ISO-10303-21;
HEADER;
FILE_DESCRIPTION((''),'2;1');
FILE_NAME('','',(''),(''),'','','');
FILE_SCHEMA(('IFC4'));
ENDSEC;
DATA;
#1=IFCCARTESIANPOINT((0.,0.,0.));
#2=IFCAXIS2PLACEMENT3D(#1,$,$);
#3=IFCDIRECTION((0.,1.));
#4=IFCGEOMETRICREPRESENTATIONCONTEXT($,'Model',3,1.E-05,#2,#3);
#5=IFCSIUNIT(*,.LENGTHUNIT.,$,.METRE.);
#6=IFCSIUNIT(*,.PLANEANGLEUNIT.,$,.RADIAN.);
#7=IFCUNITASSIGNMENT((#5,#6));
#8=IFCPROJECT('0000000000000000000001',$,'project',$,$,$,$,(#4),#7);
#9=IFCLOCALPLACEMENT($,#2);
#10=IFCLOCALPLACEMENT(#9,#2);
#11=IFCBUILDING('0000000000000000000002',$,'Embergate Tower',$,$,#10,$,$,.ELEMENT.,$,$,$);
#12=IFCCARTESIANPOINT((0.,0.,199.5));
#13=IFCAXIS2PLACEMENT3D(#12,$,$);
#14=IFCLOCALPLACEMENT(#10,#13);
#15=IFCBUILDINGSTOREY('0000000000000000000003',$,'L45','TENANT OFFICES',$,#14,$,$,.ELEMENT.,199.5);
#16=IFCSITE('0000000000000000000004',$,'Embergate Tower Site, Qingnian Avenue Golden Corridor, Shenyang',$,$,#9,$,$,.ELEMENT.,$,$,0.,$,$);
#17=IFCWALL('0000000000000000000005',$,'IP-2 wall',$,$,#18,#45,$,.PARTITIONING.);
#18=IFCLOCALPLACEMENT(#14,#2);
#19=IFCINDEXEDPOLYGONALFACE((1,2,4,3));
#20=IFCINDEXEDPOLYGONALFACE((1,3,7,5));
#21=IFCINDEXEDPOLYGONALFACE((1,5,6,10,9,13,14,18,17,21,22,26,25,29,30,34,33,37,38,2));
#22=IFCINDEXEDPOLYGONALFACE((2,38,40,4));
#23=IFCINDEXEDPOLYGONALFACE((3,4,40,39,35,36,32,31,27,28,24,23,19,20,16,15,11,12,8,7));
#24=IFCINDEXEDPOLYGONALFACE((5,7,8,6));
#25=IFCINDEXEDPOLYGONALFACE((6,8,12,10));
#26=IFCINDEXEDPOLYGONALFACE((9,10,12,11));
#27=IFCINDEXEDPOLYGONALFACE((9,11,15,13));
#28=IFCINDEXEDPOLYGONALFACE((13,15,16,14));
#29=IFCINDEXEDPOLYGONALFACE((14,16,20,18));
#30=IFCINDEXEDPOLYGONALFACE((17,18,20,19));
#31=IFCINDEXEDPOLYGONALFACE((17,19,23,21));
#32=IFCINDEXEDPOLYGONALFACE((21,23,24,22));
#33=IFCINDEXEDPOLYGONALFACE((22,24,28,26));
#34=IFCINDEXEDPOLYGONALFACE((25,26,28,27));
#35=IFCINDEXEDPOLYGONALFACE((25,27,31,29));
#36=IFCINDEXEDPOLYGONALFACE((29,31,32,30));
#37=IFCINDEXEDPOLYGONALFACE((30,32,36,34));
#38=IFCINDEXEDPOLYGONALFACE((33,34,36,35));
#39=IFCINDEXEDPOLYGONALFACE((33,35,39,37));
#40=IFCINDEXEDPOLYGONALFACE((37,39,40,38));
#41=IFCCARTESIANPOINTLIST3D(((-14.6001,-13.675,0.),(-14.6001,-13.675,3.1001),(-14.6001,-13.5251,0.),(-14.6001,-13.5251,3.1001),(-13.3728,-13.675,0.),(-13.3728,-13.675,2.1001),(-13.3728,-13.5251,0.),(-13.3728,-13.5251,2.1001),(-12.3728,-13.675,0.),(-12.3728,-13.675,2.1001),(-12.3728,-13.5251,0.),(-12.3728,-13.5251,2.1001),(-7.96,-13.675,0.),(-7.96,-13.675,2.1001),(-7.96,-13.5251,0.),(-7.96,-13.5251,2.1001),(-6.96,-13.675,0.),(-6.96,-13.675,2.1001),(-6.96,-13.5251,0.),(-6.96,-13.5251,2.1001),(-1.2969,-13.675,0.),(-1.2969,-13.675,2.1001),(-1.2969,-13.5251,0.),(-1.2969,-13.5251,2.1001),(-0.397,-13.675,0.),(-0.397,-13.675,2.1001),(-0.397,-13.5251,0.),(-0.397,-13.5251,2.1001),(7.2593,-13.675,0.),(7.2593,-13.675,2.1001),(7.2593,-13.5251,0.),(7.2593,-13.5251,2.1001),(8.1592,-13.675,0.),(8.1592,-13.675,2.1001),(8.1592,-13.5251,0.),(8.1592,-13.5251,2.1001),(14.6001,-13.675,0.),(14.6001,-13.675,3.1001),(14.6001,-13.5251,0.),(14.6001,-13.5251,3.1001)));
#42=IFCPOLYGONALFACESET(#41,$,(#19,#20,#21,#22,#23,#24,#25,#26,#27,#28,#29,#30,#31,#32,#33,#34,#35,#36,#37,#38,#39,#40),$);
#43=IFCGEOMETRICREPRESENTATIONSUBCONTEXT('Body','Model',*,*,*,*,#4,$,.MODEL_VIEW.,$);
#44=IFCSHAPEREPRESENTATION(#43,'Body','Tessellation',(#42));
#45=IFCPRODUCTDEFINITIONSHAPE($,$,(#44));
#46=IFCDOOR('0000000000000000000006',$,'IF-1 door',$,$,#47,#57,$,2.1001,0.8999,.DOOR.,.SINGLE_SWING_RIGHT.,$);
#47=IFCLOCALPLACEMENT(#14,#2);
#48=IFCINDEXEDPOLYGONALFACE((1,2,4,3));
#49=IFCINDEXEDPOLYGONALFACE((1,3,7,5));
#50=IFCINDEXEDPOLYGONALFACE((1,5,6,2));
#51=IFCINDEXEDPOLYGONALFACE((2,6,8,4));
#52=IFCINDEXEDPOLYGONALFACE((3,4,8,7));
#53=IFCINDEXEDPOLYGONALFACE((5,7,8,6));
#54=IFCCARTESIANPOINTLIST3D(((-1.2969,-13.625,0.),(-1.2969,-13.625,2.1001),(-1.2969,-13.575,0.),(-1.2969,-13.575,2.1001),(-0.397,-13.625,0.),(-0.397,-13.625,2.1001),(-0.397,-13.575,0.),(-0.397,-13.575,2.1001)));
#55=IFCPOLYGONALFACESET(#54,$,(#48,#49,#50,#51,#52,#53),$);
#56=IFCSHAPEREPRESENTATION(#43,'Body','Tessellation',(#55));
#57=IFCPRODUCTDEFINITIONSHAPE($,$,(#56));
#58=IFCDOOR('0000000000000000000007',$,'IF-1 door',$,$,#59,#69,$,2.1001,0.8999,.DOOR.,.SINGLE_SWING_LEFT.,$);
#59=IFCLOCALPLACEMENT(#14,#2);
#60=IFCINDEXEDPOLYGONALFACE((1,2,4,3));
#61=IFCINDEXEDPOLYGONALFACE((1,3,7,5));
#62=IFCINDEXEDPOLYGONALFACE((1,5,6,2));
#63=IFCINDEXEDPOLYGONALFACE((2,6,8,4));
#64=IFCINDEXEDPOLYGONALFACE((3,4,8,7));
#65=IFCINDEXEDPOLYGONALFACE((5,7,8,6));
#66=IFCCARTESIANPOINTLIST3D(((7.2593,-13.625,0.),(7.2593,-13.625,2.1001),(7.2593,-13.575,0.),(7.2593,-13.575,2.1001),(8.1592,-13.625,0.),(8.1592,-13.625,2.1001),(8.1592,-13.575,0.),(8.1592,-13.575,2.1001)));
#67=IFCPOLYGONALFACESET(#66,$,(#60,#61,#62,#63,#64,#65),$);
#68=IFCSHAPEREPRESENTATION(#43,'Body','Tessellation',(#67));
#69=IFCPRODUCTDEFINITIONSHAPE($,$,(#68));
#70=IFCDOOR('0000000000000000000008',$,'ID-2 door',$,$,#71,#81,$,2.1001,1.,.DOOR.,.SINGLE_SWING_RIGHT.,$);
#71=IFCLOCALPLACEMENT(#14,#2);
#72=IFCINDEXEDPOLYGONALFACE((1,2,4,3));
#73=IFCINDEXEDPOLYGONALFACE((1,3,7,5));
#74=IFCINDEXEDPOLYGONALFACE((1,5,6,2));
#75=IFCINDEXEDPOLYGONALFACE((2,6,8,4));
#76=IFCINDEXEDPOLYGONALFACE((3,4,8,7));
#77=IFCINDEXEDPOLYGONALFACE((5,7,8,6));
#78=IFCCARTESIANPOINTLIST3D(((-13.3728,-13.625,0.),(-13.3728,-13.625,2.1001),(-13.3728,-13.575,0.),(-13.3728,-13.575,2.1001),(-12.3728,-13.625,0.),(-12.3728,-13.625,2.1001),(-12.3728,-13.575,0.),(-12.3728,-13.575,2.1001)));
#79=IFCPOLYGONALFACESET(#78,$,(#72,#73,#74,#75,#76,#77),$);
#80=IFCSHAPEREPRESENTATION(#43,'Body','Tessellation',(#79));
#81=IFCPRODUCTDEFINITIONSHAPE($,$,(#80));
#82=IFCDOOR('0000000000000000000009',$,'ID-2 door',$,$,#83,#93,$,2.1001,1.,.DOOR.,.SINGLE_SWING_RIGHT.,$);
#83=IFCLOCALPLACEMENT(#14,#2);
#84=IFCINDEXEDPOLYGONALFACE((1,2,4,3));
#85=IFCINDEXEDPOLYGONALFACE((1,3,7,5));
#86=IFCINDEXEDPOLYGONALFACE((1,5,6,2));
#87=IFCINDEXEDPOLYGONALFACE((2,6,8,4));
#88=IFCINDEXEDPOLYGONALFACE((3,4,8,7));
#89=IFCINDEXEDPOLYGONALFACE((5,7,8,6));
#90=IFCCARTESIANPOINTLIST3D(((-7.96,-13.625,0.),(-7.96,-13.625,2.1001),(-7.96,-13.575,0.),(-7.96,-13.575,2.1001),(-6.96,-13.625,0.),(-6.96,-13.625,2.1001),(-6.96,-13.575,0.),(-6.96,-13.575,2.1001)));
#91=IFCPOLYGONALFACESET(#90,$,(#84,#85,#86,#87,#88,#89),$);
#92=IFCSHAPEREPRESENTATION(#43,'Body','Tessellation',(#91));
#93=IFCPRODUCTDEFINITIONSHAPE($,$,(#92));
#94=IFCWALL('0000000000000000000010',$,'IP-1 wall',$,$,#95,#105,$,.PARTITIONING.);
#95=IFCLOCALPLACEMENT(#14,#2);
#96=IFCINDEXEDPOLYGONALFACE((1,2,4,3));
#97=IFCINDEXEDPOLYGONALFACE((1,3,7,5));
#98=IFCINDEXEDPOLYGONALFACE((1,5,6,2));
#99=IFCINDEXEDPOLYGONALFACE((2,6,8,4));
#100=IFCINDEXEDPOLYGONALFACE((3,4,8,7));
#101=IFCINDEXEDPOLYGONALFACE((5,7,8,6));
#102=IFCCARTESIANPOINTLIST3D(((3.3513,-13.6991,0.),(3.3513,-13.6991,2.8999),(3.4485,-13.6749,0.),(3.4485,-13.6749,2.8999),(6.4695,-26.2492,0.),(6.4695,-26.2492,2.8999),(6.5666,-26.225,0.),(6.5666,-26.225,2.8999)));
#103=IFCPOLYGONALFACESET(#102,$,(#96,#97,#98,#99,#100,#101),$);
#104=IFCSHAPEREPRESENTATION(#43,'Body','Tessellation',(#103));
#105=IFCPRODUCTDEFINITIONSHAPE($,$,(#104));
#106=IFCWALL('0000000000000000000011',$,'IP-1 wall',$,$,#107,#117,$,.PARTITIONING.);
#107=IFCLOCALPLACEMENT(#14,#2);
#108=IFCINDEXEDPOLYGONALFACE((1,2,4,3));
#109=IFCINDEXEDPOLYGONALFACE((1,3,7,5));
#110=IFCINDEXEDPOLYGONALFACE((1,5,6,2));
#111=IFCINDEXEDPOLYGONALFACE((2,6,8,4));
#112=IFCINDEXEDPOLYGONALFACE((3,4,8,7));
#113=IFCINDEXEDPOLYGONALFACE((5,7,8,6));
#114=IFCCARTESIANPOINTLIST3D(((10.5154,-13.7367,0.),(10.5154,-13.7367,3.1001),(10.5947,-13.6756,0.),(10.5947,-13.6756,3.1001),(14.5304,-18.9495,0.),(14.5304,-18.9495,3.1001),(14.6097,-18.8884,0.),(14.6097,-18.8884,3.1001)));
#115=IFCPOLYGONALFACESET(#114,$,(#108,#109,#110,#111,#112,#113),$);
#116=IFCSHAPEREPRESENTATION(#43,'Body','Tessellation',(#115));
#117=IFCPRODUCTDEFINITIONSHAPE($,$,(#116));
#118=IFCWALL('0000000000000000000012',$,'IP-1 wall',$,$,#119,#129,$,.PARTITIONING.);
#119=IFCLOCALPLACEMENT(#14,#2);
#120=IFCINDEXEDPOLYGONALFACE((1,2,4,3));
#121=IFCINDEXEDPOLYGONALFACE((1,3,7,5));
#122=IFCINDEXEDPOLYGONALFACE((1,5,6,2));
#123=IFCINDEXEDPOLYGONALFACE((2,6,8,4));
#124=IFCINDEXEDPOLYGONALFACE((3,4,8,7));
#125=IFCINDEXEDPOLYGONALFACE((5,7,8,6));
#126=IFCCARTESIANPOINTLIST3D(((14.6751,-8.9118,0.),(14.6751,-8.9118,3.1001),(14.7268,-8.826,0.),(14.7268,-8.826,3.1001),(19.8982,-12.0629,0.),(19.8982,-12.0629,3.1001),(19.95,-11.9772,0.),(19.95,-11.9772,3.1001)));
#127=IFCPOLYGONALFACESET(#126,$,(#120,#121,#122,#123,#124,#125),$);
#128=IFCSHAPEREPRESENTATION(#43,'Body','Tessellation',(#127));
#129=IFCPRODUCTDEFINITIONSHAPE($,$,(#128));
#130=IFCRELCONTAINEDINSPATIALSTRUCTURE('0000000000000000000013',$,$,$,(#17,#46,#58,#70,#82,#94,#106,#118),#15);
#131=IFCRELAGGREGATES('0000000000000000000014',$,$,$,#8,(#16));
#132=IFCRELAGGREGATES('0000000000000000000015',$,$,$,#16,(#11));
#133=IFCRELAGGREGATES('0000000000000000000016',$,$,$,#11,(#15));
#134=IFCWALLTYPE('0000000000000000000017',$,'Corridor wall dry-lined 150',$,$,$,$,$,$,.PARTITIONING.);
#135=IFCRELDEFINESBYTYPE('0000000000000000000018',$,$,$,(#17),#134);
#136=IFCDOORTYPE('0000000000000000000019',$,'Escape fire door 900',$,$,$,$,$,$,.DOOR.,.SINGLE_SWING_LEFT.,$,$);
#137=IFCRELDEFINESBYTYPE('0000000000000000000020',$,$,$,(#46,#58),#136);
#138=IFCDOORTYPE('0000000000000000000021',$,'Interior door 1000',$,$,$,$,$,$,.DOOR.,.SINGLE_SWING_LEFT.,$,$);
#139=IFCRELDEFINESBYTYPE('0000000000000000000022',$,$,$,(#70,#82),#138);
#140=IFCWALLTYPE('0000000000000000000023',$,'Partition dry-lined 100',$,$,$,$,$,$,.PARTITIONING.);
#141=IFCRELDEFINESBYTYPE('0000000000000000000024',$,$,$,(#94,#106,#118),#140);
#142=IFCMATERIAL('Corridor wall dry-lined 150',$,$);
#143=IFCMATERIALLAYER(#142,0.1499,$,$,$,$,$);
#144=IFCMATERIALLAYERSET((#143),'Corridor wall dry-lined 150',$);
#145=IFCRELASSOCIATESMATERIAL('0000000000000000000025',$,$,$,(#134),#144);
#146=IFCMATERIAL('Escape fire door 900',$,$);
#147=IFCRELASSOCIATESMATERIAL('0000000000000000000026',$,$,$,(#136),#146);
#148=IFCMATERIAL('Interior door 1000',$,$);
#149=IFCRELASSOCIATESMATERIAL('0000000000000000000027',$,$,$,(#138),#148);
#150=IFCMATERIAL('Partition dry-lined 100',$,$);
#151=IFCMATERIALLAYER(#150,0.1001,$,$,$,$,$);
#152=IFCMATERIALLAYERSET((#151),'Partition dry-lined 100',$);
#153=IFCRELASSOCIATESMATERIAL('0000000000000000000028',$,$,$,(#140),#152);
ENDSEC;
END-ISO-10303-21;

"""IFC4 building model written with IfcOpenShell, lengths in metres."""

from ifc_helpers import new_model, si_unit, direction, frame, frame_2d, origin, place, context, subcontext, project, spatial, rectangle, extrude, source, transform, mapped, material, layer, layer_set, type_object, element, fill, save


model = new_model("IFC4")

# Units and contexts
model_context = context("Model", 3, precision=1e-05, world=origin(), true_north=direction((0.0, 1.0)))
body_context = subcontext(model_context, "Body", "Model", "MODEL_VIEW")
ifc_project = project(units=[si_unit("LENGTHUNIT", "METRE"), si_unit("PLANEANGLEUNIT", "RADIAN")], contexts=[model_context])

# Site, building, storey
site_placement = place(None, origin())
site = spatial("IfcSite", under=ifc_project, at=site_placement, Name="Embergate Tower Site, Qingnian Avenue Golden Corridor, Shenyang", CompositionType="ELEMENT", RefElevation=0.0)
building_placement = place(site_placement, origin())
building = spatial("IfcBuilding", under=site, at=building_placement, Name="Embergate Tower", CompositionType="ELEMENT")
storey_placement = place(building_placement, frame((0.0, 0.0, 199.5)))
storey = spatial("IfcBuildingStorey", under=building, at=storey_placement, Name="L45", Description="TENANT OFFICES", CompositionType="ELEMENT", Elevation=199.5)

# Shared definitions
shared_shape_1 = source(origin(), body_context, "Body", "SweptSolid", [
    extrude(rectangle(XDim=1.0, YDim=2.1001, at=frame_2d((0.5, 1.05))), frame((0.0, 0.0249, 0.0), z_axis=(0.0, -1.0, 0.0), x_axis=(1.0, 0.0, 0.0)), (0.0, 0.0, 1.0), 0.05),
])

# Wall, openings, doors
ifc_material_1 = material(Name="Corridor wall dry-lined 150")
ifc_layer_1 = layer(ifc_material_1, 0.1499)
ifc_layer_set_1 = layer_set([ifc_layer_1], Name="Corridor wall dry-lined 150")
wall_type_1 = type_object("IfcWallType", Name="Corridor wall dry-lined 150", PredefinedType="PARTITIONING", material=ifc_layer_set_1)
shared_shape_2 = source(origin(), body_context, "Body", "SweptSolid", [
    extrude(rectangle(XDim=29.2002, YDim=0.1499, at=frame_2d((14.6001, 0.0))), origin(), (0.0, 0.0, 1.0), 3.1001),
])
wall_1_placement = place(storey_placement, frame((14.6001, -13.6001, 0.0), z_axis=(0.0, 0.0, 1.0), x_axis=(-1.0, 0.0, 0.0)))
wall_1 = element("IfcWall", 1, at=wall_1_placement, inside=storey, type_object=wall_type_1, Name="IP-2 wall", PredefinedType="PARTITIONING", context=body_context, shape_type="MappedRepresentation", body=[
    mapped(shared_shape_2, transform((0.0, 0.0, 0.0))),
])
shared_shape_3 = source(origin(), body_context, "Body", "SweptSolid", [
    extrude(rectangle(XDim=1.0, YDim=2.1001, at=frame_2d((0.5, 1.05))), frame((0.0, 0.085, 0.0), z_axis=(0.0, -1.0, 0.0), x_axis=(1.0, 0.0, 0.0)), (0.0, 0.0, 1.0), 0.1699),
])
opening_1_placement = place(wall_1_placement, frame((26.9729, 0.0, 0.0)))
opening_1 = element("IfcOpeningElement", 2, at=opening_1_placement, cuts=wall_1, PredefinedType="OPENING", context=body_context, shape_type="MappedRepresentation", body=[
    mapped(shared_shape_3, transform((0.0, 0.0, 0.0))),
])
opening_2_placement = place(wall_1_placement, frame((21.5601, 0.0, 0.0)))
opening_2 = element("IfcOpeningElement", 3, at=opening_2_placement, cuts=wall_1, PredefinedType="OPENING", context=body_context, shape_type="MappedRepresentation", body=[
    mapped(shared_shape_3, transform((0.0, 0.0, 0.0))),
])
shared_shape_4 = source(origin(), body_context, "Body", "SweptSolid", [
    extrude(rectangle(XDim=0.8999, YDim=2.1001, at=frame_2d((0.45, 1.05))), frame((0.0, 0.085, 0.0), z_axis=(0.0, -1.0, 0.0), x_axis=(1.0, 0.0, 0.0)), (0.0, 0.0, 1.0), 0.1699),
])
opening_3_placement = place(wall_1_placement, frame((14.9971, 0.0, 0.0)))
opening_3 = element("IfcOpeningElement", 4, at=opening_3_placement, cuts=wall_1, PredefinedType="OPENING", context=body_context, shape_type="MappedRepresentation", body=[
    mapped(shared_shape_4, transform((0.0, 0.0, 0.0))),
])
opening_4_placement = place(wall_1_placement, frame((6.4409, 0.0, 0.0)))
opening_4 = element("IfcOpeningElement", 5, at=opening_4_placement, cuts=wall_1, PredefinedType="OPENING", context=body_context, shape_type="MappedRepresentation", body=[
    mapped(shared_shape_4, transform((0.0, 0.0, 0.0))),
])
ifc_material_2 = material(Name="Escape fire door 900")
door_type_1 = type_object("IfcDoorType", Name="Escape fire door 900", OperationType="SINGLE_SWING_LEFT", PredefinedType="DOOR", material=ifc_material_2)
shared_shape_5 = source(origin(), body_context, "Body", "SweptSolid", [
    extrude(rectangle(XDim=0.8999, YDim=2.1001, at=frame_2d((0.45, 1.05))), frame((0.0, 0.0249, 0.0), z_axis=(0.0, -1.0, 0.0), x_axis=(1.0, 0.0, 0.0)), (0.0, 0.0, 1.0), 0.05),
])
door_1_placement = place(opening_3_placement, origin())
door_1 = element("IfcDoor", 6, at=door_1_placement, inside=storey, type_object=door_type_1, Name="IF-1 door", OperationType="SINGLE_SWING_RIGHT", OverallHeight=2.1001, OverallWidth=0.8999, PredefinedType="DOOR", context=body_context, shape_type="MappedRepresentation", body=[
    mapped(shared_shape_5, transform((0.0, 0.0, 0.0))),
])
fill(opening_3, door_1)
door_2_placement = place(opening_4_placement, origin())
door_2 = element("IfcDoor", 7, at=door_2_placement, inside=storey, type_object=door_type_1, Name="IF-1 door", OperationType="SINGLE_SWING_LEFT", OverallHeight=2.1001, OverallWidth=0.8999, PredefinedType="DOOR", context=body_context, shape_type="MappedRepresentation", body=[
    mapped(shared_shape_5, transform((0.0, 0.0, 0.0))),
])
fill(opening_4, door_2)
ifc_material_3 = material(Name="Interior door 1000")
door_type_2 = type_object("IfcDoorType", Name="Interior door 1000", OperationType="SINGLE_SWING_LEFT", PredefinedType="DOOR", material=ifc_material_3)
door_3_placement = place(opening_1_placement, origin())
door_3 = element("IfcDoor", 8, at=door_3_placement, inside=storey, type_object=door_type_2, Name="ID-2 door", OperationType="SINGLE_SWING_RIGHT", OverallHeight=2.1001, OverallWidth=1.0, PredefinedType="DOOR", context=body_context, shape_type="MappedRepresentation", body=[
    mapped(shared_shape_1, transform((0.0, 0.0, 0.0))),
])
fill(opening_1, door_3)
door_4_placement = place(opening_2_placement, origin())
door_4 = element("IfcDoor", 9, at=door_4_placement, inside=storey, type_object=door_type_2, Name="ID-2 door", OperationType="SINGLE_SWING_RIGHT", OverallHeight=2.1001, OverallWidth=1.0, PredefinedType="DOOR", context=body_context, shape_type="MappedRepresentation", body=[
    mapped(shared_shape_1, transform((0.0, 0.0, 0.0))),
])
fill(opening_2, door_4)

# Walls
ifc_material_4 = material(Name="Partition dry-lined 100")
ifc_layer_2 = layer(ifc_material_4, 0.1001)
ifc_layer_set_2 = layer_set([ifc_layer_2], Name="Partition dry-lined 100")
wall_type_2 = type_object("IfcWallType", Name="Partition dry-lined 100", PredefinedType="PARTITIONING", material=ifc_layer_set_2)
shared_shape_6 = source(origin(), body_context, "Body", "SweptSolid", [
    extrude(rectangle(XDim=12.9316, YDim=0.1001, at=frame_2d((6.4658, 0.0))), origin(), (0.0, 0.0, 1.0), 2.8999),
])
wall_2_placement = place(storey_placement, frame((3.3999, -13.687, 0.0), z_axis=(0.0, 0.0, 1.0), x_axis=(0.241127, -0.970494, 0.0)))
element("IfcWall", 10, at=wall_2_placement, inside=storey, type_object=wall_type_2, Name="IP-1 wall", PredefinedType="PARTITIONING", context=body_context, shape_type="MappedRepresentation", body=[
    mapped(shared_shape_6, transform((0.0, 0.0, 0.0))),
])
shared_shape_7 = source(origin(), body_context, "Body", "SweptSolid", [
    extrude(rectangle(XDim=6.5798, YDim=0.1001, at=frame_2d((3.29, 0.0))), origin(), (0.0, 0.0, 1.0), 3.1001),
])
wall_3_placement = place(storey_placement, frame((10.5549, -13.7061, 0.0), z_axis=(0.0, 0.0, 1.0), x_axis=(0.610209, -0.79224, 0.0)))
element("IfcWall", 11, at=wall_3_placement, inside=storey, type_object=wall_type_2, Name="IP-1 wall", PredefinedType="PARTITIONING", context=body_context, shape_type="MappedRepresentation", body=[
    mapped(shared_shape_7, transform((0.0, 0.0, 0.0))),
])
shared_shape_8 = source(origin(), body_context, "Body", "SweptSolid", [
    extrude(rectangle(XDim=6.1001, YDim=0.1001, at=frame_2d((3.05, 0.0))), origin(), (0.0, 0.0, 1.0), 3.1001),
])
wall_4_placement = place(storey_placement, frame((14.7009, -8.8689, 0.0), z_axis=(0.0, 0.0, 1.0), x_axis=(0.856244, -0.516572, 0.0)))
element("IfcWall", 12, at=wall_4_placement, inside=storey, type_object=wall_type_2, Name="IP-1 wall", PredefinedType="PARTITIONING", context=body_context, shape_type="MappedRepresentation", body=[
    mapped(shared_shape_8, transform((0.0, 0.0, 0.0))),
])

save(model, "model.ifc")
